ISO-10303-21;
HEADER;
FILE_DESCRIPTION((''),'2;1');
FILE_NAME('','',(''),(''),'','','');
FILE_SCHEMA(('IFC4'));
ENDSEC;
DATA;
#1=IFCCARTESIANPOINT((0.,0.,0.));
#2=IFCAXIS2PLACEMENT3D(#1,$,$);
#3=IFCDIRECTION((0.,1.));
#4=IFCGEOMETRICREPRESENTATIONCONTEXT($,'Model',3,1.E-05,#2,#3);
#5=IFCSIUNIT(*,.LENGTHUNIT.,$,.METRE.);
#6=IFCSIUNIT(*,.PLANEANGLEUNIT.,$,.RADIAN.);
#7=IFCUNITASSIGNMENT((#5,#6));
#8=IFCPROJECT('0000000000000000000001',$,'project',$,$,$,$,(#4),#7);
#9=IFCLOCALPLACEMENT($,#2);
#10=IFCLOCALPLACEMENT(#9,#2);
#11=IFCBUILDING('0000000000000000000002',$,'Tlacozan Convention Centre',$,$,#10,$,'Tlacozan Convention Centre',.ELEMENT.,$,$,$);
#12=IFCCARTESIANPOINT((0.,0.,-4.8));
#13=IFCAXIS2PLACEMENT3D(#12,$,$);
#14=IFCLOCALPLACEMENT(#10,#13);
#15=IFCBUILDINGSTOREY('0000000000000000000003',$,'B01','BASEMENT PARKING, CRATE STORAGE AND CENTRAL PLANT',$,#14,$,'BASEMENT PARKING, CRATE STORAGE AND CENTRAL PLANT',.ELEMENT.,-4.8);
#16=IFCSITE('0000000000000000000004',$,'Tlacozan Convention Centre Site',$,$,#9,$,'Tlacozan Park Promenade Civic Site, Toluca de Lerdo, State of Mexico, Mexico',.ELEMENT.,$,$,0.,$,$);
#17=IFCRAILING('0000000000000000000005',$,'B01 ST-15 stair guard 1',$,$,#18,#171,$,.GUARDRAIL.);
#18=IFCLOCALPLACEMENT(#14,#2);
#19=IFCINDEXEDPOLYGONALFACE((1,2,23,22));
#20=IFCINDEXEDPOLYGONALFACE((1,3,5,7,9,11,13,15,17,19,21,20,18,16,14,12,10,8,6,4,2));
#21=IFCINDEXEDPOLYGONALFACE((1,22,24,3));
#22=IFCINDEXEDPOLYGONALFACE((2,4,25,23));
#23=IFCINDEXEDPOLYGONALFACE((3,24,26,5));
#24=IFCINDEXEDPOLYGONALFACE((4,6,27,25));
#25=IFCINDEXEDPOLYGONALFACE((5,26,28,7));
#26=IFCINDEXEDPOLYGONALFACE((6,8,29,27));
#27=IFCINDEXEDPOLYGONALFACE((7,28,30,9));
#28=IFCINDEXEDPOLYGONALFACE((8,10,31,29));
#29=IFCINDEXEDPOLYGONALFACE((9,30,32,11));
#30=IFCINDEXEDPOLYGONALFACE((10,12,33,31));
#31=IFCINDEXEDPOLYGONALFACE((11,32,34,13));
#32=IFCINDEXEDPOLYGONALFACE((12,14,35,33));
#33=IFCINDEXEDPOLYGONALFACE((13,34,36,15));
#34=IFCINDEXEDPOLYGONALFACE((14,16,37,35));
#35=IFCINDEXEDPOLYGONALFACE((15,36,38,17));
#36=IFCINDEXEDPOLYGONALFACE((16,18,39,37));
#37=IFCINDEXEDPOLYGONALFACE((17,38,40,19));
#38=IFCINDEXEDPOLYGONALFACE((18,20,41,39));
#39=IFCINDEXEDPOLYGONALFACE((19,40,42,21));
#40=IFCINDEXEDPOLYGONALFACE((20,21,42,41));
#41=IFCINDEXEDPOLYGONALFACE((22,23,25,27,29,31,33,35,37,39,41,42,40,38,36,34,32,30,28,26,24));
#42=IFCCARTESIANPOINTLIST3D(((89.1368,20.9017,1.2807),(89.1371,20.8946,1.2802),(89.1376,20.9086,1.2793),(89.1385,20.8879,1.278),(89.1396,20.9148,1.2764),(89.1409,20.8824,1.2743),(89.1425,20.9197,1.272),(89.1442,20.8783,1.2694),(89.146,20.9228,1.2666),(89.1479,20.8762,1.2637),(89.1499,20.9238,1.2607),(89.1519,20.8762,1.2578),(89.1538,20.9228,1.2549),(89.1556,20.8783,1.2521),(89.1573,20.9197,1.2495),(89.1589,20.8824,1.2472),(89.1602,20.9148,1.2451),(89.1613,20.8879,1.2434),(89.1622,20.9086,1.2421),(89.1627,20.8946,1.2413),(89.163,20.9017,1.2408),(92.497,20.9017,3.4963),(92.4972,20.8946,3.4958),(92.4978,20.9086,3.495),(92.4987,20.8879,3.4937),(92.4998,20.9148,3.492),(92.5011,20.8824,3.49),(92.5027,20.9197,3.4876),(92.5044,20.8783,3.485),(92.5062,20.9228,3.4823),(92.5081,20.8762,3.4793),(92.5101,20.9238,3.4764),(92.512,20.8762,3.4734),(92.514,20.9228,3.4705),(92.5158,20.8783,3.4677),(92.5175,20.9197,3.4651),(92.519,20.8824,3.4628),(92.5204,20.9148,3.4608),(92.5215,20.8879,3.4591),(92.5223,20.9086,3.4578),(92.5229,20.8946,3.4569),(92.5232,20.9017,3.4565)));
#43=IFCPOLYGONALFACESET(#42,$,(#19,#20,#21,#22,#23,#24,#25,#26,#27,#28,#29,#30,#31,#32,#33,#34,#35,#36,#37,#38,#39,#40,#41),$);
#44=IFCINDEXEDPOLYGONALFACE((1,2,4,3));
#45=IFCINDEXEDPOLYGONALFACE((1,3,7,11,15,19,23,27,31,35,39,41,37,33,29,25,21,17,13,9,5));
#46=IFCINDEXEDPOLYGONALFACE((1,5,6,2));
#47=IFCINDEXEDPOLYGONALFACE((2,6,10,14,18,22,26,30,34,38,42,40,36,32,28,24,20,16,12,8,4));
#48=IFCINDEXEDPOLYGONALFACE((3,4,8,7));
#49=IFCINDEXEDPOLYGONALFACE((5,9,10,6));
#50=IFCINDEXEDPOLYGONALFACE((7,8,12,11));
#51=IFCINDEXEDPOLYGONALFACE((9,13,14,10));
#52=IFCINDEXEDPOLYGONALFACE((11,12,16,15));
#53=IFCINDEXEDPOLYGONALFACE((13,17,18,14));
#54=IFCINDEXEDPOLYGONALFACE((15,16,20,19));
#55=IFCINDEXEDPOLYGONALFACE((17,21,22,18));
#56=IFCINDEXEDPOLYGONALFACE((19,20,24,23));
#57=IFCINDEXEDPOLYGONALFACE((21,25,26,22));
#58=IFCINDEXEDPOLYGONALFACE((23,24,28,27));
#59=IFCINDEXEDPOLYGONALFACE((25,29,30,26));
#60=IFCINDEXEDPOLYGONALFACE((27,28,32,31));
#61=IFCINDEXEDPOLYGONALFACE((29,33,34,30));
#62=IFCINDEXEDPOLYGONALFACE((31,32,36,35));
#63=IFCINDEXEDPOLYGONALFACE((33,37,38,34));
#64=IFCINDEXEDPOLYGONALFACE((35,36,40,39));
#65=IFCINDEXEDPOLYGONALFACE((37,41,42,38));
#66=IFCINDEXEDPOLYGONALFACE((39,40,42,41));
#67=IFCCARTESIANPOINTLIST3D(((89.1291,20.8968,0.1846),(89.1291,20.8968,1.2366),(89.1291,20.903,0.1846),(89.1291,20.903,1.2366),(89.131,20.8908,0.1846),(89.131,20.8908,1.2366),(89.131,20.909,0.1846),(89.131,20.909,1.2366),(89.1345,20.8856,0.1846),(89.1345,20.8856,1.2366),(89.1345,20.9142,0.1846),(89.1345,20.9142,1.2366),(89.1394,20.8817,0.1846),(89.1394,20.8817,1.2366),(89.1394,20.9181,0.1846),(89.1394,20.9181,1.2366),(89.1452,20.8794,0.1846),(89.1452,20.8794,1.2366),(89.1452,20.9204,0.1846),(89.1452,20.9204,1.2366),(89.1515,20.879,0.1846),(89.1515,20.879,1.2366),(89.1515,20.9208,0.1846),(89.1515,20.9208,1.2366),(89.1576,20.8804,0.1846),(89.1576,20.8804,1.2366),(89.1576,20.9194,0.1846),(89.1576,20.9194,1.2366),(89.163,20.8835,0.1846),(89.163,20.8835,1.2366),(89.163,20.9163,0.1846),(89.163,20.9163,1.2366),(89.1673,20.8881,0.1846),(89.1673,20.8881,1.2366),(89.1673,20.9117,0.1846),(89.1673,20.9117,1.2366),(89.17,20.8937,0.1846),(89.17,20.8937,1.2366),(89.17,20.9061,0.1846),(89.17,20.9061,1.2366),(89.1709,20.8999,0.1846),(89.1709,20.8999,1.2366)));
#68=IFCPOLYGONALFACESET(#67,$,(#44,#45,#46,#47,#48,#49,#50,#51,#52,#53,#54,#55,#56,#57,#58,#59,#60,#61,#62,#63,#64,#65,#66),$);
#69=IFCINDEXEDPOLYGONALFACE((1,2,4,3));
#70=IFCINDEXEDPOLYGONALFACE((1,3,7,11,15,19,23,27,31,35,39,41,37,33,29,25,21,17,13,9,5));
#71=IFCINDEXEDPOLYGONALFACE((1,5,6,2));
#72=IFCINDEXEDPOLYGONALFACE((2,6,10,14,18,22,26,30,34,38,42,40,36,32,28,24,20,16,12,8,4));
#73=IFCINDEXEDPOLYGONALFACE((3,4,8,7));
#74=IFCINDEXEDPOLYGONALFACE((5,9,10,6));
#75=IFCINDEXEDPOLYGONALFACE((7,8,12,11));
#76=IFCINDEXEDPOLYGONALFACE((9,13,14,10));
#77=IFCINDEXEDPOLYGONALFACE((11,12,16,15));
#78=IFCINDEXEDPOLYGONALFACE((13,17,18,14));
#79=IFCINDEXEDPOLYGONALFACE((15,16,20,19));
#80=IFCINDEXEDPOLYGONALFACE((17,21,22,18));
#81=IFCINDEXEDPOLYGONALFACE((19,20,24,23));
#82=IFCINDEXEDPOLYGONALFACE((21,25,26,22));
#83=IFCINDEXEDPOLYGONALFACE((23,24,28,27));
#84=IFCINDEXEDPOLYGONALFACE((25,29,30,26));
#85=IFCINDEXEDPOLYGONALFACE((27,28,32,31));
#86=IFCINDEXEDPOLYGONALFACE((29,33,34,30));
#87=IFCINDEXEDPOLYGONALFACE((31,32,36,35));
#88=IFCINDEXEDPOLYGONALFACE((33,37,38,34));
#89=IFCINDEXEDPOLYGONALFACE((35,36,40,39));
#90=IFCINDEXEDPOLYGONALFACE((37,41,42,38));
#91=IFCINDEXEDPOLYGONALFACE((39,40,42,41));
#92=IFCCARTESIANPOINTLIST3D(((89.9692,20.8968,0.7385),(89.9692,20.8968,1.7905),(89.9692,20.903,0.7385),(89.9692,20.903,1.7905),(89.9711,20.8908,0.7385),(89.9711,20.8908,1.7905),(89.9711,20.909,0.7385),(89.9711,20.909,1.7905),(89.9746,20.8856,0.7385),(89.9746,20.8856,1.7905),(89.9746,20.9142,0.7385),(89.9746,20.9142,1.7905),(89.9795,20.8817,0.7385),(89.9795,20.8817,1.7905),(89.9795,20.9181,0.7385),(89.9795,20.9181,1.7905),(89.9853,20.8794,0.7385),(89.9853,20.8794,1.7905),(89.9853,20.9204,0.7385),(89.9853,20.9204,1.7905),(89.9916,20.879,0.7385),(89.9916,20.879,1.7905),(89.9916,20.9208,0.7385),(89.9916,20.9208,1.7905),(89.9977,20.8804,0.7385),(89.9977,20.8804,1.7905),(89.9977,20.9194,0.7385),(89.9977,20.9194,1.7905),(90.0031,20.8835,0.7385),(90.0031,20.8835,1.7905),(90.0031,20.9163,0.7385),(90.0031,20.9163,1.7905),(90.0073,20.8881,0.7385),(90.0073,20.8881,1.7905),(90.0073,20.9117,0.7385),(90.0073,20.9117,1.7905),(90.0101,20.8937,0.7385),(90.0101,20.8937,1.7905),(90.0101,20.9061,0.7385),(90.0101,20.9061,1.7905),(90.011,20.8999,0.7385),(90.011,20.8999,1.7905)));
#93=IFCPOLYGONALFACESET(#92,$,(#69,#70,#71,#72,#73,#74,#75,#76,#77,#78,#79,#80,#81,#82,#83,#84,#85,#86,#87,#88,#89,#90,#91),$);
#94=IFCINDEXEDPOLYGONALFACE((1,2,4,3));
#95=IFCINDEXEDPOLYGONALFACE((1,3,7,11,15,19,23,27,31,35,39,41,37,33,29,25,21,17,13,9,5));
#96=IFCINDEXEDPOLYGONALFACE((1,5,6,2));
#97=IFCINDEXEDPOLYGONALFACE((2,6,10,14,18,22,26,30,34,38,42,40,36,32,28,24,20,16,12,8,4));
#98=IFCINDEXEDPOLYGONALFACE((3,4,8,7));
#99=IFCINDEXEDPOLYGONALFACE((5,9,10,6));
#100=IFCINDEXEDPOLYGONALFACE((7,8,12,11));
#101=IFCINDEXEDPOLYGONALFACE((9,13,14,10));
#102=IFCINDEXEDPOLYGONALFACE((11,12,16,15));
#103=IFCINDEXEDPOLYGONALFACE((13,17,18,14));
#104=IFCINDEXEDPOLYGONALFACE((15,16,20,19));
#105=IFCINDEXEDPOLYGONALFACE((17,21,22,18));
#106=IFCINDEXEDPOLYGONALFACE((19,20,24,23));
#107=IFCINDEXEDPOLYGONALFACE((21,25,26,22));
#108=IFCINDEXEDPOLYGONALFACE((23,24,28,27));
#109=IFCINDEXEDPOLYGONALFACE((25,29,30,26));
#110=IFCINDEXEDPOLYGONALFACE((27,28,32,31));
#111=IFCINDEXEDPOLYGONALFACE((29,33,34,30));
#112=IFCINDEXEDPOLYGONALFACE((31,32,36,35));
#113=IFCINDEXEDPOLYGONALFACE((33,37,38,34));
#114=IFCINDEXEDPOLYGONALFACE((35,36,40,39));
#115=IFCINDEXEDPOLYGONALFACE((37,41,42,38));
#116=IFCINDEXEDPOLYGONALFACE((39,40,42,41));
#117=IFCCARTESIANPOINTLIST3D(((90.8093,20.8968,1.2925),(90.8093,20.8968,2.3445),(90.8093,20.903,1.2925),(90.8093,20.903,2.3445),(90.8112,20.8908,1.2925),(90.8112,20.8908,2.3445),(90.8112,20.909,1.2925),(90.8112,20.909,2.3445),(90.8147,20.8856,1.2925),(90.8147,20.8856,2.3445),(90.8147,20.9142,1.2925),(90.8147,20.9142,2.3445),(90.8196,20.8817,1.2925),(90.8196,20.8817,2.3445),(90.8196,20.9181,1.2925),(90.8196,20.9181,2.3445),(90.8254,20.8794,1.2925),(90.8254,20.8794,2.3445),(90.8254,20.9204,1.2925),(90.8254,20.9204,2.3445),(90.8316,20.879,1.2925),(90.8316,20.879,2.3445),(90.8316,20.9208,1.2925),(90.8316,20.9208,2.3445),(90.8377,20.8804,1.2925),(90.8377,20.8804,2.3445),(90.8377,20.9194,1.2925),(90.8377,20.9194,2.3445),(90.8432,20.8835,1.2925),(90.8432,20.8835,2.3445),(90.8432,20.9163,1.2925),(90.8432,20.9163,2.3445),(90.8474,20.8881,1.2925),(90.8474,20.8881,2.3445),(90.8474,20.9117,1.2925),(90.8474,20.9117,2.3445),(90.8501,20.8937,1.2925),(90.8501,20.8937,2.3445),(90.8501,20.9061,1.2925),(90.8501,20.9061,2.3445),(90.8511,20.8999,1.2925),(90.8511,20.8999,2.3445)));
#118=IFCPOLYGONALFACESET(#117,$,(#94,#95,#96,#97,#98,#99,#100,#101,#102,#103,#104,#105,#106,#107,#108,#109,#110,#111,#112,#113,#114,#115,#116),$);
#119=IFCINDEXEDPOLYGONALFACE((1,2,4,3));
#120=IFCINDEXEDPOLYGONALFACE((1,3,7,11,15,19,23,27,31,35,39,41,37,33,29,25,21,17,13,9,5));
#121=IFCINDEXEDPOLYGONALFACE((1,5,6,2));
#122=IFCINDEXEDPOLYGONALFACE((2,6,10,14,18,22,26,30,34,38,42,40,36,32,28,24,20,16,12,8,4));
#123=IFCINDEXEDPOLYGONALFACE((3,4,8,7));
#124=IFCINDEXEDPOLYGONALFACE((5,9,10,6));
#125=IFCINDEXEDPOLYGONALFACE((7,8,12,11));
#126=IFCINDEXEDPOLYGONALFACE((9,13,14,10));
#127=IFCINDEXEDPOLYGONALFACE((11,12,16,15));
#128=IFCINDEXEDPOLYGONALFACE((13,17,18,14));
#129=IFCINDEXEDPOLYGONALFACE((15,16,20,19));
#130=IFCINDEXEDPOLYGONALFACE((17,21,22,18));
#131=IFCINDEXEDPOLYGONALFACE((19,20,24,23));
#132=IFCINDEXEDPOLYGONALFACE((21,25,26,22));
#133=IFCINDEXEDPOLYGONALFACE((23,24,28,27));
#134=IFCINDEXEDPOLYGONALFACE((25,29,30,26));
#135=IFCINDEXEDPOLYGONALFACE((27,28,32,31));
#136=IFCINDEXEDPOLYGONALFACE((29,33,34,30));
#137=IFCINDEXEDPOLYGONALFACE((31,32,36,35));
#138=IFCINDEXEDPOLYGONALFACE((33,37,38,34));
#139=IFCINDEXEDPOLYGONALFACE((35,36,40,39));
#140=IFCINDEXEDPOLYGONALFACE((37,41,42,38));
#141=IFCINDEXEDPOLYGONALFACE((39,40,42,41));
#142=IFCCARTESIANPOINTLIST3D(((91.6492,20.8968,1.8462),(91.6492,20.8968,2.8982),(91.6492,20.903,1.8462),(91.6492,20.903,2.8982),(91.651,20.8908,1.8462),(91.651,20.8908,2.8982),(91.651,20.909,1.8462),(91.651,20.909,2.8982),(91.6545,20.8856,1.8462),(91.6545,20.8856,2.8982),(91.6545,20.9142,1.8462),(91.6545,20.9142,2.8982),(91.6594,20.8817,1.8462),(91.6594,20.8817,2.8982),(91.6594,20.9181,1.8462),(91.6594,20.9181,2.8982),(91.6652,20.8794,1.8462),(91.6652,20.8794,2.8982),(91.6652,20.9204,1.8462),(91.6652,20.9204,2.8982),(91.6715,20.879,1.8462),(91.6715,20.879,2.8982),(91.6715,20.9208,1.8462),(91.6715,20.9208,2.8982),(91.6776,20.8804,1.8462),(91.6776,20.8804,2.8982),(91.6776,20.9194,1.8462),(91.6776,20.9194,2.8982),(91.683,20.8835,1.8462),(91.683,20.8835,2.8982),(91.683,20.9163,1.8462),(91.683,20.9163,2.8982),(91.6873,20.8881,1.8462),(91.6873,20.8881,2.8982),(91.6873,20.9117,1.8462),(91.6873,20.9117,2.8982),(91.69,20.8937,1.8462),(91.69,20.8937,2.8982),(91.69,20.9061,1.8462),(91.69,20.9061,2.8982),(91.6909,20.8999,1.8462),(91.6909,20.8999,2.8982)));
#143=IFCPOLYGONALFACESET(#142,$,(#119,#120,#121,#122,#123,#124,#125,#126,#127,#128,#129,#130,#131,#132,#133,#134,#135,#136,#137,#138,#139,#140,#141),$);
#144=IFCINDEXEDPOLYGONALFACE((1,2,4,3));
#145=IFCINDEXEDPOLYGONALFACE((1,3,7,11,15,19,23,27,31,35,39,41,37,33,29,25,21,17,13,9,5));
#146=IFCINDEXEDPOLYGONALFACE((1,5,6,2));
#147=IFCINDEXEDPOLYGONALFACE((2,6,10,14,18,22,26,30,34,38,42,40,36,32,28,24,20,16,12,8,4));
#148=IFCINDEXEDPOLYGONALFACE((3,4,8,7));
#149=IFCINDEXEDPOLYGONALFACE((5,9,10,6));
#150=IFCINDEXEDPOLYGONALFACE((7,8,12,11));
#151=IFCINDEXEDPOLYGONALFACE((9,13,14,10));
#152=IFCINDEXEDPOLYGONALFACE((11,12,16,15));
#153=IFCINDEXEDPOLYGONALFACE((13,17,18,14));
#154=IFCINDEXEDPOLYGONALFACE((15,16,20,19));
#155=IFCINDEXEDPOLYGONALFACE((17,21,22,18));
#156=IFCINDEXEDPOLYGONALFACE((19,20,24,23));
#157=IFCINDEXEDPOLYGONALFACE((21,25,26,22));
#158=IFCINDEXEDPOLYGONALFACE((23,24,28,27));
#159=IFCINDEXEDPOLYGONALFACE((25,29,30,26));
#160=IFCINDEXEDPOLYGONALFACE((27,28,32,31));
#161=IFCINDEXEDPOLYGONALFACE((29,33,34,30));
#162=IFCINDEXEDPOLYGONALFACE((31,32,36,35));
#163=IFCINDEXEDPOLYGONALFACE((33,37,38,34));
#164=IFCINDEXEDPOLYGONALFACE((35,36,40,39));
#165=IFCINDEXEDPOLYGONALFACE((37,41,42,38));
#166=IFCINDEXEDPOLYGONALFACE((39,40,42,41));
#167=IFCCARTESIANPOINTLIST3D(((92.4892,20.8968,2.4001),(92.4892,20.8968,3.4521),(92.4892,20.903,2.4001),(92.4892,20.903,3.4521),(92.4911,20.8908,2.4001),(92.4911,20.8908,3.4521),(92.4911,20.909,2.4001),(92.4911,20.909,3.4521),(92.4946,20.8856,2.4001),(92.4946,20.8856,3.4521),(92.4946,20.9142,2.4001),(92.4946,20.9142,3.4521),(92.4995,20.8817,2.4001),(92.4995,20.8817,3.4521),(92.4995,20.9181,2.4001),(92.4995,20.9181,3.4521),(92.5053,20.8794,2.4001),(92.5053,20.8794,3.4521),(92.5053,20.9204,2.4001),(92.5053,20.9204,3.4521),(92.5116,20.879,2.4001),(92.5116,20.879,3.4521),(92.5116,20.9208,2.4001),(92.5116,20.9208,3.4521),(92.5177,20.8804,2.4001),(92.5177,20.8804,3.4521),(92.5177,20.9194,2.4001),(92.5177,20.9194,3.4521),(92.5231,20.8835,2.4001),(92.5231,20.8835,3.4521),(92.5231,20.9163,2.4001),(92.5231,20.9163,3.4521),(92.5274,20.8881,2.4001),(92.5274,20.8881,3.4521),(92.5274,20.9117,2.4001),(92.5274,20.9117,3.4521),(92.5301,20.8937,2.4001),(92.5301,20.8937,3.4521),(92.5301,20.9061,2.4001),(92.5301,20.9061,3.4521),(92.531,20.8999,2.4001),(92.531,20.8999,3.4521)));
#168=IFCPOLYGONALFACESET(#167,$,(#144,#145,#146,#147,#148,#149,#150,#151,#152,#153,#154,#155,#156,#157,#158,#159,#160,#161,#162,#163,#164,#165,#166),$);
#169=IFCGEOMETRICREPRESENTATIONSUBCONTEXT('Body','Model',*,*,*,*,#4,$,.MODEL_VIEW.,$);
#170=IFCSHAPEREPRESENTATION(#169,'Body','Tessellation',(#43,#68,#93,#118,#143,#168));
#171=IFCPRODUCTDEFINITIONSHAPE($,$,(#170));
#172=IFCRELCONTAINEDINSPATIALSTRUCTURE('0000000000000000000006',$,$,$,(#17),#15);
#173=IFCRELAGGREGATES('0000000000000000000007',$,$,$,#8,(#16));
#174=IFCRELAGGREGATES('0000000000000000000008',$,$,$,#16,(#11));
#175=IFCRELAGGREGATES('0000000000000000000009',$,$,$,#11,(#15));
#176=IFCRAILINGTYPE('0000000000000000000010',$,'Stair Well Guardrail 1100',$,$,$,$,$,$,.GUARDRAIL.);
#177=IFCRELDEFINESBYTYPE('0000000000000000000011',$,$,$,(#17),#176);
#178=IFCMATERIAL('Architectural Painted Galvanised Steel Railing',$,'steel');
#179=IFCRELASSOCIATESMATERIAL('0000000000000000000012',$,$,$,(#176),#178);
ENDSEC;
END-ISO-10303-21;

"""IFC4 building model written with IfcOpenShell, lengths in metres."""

from ifc_helpers import new_model, si_unit, direction, frame, origin, origin_2d, place, context, subcontext, project, spatial, circle, extrude, material, type_object, element, save


model = new_model("IFC4")

# Units and contexts
model_context = context("Model", 3, precision=1e-05, world=origin(), true_north=direction((0.0, 1.0)))
body_context = subcontext(model_context, "Body", "Model", "MODEL_VIEW")
ifc_project = project(units=[si_unit("LENGTHUNIT", "METRE"), si_unit("PLANEANGLEUNIT", "RADIAN")], contexts=[model_context])

# Site, building, storey
site_placement = place(None, origin())
site = spatial("IfcSite", under=ifc_project, at=site_placement, Name="Tlacozan Convention Centre Site", LongName="Tlacozan Park Promenade Civic Site, Toluca de Lerdo, State of Mexico, Mexico", CompositionType="ELEMENT", RefElevation=0.0)
building_placement = place(site_placement, origin())
building = spatial("IfcBuilding", under=site, at=building_placement, Name="Tlacozan Convention Centre", LongName="Tlacozan Convention Centre", CompositionType="ELEMENT")
storey_placement = place(building_placement, frame((0.0, 0.0, -4.8)))
storey = spatial("IfcBuildingStorey", under=building, at=storey_placement, Name="B01", Description="BASEMENT PARKING, CRATE STORAGE AND CENTRAL PLANT", LongName="BASEMENT PARKING, CRATE STORAGE AND CENTRAL PLANT", CompositionType="ELEMENT", Elevation=-4.8)

# Railing
ifc_material_1 = material(Name="Architectural Painted Galvanised Steel Railing", Category="steel")
railing_type_1 = type_object("IfcRailingType", Name="Stair Well Guardrail 1100", PredefinedType="GUARDRAIL", material=ifc_material_1)
railing_1_placement = place(storey_placement, frame((89.1499, 20.8999, 0.1846)))
element("IfcRailing", 1, at=railing_1_placement, inside=storey, type_object=railing_type_1, Name="B01 ST-15 stair guard 1", PredefinedType="GUARDRAIL", context=body_context, shape_type="SweptSolid", body=[
    extrude(circle(Radius=0.0239, at=origin_2d()), frame((0.0, 0.0, 1.0762), z_axis=(0.834849, 0.0, 0.55048), x_axis=(0.0, 1.0, 0.0)), (0.0, 0.0, 1.0), 4.0249),
    extrude(circle(Radius=0.021, at=origin_2d()), origin(), (0.0, 0.0, 1.0), 1.052),
    extrude(circle(Radius=0.021, at=origin_2d()), frame((0.8401, 0.0, 0.554)), (0.0, 0.0, 1.0), 1.052),
    extrude(circle(Radius=0.021, at=origin_2d()), frame((1.6802, 0.0, 1.1079)), (0.0, 0.0, 1.0), 1.052),
    extrude(circle(Radius=0.021, at=origin_2d()), frame((2.52, 0.0, 1.6616)), (0.0, 0.0, 1.0), 1.052),
    extrude(circle(Radius=0.021, at=origin_2d()), frame((3.3601, 0.0, 2.2156)), (0.0, 0.0, 1.0), 1.052),
])

save(model, "model.ifc")
